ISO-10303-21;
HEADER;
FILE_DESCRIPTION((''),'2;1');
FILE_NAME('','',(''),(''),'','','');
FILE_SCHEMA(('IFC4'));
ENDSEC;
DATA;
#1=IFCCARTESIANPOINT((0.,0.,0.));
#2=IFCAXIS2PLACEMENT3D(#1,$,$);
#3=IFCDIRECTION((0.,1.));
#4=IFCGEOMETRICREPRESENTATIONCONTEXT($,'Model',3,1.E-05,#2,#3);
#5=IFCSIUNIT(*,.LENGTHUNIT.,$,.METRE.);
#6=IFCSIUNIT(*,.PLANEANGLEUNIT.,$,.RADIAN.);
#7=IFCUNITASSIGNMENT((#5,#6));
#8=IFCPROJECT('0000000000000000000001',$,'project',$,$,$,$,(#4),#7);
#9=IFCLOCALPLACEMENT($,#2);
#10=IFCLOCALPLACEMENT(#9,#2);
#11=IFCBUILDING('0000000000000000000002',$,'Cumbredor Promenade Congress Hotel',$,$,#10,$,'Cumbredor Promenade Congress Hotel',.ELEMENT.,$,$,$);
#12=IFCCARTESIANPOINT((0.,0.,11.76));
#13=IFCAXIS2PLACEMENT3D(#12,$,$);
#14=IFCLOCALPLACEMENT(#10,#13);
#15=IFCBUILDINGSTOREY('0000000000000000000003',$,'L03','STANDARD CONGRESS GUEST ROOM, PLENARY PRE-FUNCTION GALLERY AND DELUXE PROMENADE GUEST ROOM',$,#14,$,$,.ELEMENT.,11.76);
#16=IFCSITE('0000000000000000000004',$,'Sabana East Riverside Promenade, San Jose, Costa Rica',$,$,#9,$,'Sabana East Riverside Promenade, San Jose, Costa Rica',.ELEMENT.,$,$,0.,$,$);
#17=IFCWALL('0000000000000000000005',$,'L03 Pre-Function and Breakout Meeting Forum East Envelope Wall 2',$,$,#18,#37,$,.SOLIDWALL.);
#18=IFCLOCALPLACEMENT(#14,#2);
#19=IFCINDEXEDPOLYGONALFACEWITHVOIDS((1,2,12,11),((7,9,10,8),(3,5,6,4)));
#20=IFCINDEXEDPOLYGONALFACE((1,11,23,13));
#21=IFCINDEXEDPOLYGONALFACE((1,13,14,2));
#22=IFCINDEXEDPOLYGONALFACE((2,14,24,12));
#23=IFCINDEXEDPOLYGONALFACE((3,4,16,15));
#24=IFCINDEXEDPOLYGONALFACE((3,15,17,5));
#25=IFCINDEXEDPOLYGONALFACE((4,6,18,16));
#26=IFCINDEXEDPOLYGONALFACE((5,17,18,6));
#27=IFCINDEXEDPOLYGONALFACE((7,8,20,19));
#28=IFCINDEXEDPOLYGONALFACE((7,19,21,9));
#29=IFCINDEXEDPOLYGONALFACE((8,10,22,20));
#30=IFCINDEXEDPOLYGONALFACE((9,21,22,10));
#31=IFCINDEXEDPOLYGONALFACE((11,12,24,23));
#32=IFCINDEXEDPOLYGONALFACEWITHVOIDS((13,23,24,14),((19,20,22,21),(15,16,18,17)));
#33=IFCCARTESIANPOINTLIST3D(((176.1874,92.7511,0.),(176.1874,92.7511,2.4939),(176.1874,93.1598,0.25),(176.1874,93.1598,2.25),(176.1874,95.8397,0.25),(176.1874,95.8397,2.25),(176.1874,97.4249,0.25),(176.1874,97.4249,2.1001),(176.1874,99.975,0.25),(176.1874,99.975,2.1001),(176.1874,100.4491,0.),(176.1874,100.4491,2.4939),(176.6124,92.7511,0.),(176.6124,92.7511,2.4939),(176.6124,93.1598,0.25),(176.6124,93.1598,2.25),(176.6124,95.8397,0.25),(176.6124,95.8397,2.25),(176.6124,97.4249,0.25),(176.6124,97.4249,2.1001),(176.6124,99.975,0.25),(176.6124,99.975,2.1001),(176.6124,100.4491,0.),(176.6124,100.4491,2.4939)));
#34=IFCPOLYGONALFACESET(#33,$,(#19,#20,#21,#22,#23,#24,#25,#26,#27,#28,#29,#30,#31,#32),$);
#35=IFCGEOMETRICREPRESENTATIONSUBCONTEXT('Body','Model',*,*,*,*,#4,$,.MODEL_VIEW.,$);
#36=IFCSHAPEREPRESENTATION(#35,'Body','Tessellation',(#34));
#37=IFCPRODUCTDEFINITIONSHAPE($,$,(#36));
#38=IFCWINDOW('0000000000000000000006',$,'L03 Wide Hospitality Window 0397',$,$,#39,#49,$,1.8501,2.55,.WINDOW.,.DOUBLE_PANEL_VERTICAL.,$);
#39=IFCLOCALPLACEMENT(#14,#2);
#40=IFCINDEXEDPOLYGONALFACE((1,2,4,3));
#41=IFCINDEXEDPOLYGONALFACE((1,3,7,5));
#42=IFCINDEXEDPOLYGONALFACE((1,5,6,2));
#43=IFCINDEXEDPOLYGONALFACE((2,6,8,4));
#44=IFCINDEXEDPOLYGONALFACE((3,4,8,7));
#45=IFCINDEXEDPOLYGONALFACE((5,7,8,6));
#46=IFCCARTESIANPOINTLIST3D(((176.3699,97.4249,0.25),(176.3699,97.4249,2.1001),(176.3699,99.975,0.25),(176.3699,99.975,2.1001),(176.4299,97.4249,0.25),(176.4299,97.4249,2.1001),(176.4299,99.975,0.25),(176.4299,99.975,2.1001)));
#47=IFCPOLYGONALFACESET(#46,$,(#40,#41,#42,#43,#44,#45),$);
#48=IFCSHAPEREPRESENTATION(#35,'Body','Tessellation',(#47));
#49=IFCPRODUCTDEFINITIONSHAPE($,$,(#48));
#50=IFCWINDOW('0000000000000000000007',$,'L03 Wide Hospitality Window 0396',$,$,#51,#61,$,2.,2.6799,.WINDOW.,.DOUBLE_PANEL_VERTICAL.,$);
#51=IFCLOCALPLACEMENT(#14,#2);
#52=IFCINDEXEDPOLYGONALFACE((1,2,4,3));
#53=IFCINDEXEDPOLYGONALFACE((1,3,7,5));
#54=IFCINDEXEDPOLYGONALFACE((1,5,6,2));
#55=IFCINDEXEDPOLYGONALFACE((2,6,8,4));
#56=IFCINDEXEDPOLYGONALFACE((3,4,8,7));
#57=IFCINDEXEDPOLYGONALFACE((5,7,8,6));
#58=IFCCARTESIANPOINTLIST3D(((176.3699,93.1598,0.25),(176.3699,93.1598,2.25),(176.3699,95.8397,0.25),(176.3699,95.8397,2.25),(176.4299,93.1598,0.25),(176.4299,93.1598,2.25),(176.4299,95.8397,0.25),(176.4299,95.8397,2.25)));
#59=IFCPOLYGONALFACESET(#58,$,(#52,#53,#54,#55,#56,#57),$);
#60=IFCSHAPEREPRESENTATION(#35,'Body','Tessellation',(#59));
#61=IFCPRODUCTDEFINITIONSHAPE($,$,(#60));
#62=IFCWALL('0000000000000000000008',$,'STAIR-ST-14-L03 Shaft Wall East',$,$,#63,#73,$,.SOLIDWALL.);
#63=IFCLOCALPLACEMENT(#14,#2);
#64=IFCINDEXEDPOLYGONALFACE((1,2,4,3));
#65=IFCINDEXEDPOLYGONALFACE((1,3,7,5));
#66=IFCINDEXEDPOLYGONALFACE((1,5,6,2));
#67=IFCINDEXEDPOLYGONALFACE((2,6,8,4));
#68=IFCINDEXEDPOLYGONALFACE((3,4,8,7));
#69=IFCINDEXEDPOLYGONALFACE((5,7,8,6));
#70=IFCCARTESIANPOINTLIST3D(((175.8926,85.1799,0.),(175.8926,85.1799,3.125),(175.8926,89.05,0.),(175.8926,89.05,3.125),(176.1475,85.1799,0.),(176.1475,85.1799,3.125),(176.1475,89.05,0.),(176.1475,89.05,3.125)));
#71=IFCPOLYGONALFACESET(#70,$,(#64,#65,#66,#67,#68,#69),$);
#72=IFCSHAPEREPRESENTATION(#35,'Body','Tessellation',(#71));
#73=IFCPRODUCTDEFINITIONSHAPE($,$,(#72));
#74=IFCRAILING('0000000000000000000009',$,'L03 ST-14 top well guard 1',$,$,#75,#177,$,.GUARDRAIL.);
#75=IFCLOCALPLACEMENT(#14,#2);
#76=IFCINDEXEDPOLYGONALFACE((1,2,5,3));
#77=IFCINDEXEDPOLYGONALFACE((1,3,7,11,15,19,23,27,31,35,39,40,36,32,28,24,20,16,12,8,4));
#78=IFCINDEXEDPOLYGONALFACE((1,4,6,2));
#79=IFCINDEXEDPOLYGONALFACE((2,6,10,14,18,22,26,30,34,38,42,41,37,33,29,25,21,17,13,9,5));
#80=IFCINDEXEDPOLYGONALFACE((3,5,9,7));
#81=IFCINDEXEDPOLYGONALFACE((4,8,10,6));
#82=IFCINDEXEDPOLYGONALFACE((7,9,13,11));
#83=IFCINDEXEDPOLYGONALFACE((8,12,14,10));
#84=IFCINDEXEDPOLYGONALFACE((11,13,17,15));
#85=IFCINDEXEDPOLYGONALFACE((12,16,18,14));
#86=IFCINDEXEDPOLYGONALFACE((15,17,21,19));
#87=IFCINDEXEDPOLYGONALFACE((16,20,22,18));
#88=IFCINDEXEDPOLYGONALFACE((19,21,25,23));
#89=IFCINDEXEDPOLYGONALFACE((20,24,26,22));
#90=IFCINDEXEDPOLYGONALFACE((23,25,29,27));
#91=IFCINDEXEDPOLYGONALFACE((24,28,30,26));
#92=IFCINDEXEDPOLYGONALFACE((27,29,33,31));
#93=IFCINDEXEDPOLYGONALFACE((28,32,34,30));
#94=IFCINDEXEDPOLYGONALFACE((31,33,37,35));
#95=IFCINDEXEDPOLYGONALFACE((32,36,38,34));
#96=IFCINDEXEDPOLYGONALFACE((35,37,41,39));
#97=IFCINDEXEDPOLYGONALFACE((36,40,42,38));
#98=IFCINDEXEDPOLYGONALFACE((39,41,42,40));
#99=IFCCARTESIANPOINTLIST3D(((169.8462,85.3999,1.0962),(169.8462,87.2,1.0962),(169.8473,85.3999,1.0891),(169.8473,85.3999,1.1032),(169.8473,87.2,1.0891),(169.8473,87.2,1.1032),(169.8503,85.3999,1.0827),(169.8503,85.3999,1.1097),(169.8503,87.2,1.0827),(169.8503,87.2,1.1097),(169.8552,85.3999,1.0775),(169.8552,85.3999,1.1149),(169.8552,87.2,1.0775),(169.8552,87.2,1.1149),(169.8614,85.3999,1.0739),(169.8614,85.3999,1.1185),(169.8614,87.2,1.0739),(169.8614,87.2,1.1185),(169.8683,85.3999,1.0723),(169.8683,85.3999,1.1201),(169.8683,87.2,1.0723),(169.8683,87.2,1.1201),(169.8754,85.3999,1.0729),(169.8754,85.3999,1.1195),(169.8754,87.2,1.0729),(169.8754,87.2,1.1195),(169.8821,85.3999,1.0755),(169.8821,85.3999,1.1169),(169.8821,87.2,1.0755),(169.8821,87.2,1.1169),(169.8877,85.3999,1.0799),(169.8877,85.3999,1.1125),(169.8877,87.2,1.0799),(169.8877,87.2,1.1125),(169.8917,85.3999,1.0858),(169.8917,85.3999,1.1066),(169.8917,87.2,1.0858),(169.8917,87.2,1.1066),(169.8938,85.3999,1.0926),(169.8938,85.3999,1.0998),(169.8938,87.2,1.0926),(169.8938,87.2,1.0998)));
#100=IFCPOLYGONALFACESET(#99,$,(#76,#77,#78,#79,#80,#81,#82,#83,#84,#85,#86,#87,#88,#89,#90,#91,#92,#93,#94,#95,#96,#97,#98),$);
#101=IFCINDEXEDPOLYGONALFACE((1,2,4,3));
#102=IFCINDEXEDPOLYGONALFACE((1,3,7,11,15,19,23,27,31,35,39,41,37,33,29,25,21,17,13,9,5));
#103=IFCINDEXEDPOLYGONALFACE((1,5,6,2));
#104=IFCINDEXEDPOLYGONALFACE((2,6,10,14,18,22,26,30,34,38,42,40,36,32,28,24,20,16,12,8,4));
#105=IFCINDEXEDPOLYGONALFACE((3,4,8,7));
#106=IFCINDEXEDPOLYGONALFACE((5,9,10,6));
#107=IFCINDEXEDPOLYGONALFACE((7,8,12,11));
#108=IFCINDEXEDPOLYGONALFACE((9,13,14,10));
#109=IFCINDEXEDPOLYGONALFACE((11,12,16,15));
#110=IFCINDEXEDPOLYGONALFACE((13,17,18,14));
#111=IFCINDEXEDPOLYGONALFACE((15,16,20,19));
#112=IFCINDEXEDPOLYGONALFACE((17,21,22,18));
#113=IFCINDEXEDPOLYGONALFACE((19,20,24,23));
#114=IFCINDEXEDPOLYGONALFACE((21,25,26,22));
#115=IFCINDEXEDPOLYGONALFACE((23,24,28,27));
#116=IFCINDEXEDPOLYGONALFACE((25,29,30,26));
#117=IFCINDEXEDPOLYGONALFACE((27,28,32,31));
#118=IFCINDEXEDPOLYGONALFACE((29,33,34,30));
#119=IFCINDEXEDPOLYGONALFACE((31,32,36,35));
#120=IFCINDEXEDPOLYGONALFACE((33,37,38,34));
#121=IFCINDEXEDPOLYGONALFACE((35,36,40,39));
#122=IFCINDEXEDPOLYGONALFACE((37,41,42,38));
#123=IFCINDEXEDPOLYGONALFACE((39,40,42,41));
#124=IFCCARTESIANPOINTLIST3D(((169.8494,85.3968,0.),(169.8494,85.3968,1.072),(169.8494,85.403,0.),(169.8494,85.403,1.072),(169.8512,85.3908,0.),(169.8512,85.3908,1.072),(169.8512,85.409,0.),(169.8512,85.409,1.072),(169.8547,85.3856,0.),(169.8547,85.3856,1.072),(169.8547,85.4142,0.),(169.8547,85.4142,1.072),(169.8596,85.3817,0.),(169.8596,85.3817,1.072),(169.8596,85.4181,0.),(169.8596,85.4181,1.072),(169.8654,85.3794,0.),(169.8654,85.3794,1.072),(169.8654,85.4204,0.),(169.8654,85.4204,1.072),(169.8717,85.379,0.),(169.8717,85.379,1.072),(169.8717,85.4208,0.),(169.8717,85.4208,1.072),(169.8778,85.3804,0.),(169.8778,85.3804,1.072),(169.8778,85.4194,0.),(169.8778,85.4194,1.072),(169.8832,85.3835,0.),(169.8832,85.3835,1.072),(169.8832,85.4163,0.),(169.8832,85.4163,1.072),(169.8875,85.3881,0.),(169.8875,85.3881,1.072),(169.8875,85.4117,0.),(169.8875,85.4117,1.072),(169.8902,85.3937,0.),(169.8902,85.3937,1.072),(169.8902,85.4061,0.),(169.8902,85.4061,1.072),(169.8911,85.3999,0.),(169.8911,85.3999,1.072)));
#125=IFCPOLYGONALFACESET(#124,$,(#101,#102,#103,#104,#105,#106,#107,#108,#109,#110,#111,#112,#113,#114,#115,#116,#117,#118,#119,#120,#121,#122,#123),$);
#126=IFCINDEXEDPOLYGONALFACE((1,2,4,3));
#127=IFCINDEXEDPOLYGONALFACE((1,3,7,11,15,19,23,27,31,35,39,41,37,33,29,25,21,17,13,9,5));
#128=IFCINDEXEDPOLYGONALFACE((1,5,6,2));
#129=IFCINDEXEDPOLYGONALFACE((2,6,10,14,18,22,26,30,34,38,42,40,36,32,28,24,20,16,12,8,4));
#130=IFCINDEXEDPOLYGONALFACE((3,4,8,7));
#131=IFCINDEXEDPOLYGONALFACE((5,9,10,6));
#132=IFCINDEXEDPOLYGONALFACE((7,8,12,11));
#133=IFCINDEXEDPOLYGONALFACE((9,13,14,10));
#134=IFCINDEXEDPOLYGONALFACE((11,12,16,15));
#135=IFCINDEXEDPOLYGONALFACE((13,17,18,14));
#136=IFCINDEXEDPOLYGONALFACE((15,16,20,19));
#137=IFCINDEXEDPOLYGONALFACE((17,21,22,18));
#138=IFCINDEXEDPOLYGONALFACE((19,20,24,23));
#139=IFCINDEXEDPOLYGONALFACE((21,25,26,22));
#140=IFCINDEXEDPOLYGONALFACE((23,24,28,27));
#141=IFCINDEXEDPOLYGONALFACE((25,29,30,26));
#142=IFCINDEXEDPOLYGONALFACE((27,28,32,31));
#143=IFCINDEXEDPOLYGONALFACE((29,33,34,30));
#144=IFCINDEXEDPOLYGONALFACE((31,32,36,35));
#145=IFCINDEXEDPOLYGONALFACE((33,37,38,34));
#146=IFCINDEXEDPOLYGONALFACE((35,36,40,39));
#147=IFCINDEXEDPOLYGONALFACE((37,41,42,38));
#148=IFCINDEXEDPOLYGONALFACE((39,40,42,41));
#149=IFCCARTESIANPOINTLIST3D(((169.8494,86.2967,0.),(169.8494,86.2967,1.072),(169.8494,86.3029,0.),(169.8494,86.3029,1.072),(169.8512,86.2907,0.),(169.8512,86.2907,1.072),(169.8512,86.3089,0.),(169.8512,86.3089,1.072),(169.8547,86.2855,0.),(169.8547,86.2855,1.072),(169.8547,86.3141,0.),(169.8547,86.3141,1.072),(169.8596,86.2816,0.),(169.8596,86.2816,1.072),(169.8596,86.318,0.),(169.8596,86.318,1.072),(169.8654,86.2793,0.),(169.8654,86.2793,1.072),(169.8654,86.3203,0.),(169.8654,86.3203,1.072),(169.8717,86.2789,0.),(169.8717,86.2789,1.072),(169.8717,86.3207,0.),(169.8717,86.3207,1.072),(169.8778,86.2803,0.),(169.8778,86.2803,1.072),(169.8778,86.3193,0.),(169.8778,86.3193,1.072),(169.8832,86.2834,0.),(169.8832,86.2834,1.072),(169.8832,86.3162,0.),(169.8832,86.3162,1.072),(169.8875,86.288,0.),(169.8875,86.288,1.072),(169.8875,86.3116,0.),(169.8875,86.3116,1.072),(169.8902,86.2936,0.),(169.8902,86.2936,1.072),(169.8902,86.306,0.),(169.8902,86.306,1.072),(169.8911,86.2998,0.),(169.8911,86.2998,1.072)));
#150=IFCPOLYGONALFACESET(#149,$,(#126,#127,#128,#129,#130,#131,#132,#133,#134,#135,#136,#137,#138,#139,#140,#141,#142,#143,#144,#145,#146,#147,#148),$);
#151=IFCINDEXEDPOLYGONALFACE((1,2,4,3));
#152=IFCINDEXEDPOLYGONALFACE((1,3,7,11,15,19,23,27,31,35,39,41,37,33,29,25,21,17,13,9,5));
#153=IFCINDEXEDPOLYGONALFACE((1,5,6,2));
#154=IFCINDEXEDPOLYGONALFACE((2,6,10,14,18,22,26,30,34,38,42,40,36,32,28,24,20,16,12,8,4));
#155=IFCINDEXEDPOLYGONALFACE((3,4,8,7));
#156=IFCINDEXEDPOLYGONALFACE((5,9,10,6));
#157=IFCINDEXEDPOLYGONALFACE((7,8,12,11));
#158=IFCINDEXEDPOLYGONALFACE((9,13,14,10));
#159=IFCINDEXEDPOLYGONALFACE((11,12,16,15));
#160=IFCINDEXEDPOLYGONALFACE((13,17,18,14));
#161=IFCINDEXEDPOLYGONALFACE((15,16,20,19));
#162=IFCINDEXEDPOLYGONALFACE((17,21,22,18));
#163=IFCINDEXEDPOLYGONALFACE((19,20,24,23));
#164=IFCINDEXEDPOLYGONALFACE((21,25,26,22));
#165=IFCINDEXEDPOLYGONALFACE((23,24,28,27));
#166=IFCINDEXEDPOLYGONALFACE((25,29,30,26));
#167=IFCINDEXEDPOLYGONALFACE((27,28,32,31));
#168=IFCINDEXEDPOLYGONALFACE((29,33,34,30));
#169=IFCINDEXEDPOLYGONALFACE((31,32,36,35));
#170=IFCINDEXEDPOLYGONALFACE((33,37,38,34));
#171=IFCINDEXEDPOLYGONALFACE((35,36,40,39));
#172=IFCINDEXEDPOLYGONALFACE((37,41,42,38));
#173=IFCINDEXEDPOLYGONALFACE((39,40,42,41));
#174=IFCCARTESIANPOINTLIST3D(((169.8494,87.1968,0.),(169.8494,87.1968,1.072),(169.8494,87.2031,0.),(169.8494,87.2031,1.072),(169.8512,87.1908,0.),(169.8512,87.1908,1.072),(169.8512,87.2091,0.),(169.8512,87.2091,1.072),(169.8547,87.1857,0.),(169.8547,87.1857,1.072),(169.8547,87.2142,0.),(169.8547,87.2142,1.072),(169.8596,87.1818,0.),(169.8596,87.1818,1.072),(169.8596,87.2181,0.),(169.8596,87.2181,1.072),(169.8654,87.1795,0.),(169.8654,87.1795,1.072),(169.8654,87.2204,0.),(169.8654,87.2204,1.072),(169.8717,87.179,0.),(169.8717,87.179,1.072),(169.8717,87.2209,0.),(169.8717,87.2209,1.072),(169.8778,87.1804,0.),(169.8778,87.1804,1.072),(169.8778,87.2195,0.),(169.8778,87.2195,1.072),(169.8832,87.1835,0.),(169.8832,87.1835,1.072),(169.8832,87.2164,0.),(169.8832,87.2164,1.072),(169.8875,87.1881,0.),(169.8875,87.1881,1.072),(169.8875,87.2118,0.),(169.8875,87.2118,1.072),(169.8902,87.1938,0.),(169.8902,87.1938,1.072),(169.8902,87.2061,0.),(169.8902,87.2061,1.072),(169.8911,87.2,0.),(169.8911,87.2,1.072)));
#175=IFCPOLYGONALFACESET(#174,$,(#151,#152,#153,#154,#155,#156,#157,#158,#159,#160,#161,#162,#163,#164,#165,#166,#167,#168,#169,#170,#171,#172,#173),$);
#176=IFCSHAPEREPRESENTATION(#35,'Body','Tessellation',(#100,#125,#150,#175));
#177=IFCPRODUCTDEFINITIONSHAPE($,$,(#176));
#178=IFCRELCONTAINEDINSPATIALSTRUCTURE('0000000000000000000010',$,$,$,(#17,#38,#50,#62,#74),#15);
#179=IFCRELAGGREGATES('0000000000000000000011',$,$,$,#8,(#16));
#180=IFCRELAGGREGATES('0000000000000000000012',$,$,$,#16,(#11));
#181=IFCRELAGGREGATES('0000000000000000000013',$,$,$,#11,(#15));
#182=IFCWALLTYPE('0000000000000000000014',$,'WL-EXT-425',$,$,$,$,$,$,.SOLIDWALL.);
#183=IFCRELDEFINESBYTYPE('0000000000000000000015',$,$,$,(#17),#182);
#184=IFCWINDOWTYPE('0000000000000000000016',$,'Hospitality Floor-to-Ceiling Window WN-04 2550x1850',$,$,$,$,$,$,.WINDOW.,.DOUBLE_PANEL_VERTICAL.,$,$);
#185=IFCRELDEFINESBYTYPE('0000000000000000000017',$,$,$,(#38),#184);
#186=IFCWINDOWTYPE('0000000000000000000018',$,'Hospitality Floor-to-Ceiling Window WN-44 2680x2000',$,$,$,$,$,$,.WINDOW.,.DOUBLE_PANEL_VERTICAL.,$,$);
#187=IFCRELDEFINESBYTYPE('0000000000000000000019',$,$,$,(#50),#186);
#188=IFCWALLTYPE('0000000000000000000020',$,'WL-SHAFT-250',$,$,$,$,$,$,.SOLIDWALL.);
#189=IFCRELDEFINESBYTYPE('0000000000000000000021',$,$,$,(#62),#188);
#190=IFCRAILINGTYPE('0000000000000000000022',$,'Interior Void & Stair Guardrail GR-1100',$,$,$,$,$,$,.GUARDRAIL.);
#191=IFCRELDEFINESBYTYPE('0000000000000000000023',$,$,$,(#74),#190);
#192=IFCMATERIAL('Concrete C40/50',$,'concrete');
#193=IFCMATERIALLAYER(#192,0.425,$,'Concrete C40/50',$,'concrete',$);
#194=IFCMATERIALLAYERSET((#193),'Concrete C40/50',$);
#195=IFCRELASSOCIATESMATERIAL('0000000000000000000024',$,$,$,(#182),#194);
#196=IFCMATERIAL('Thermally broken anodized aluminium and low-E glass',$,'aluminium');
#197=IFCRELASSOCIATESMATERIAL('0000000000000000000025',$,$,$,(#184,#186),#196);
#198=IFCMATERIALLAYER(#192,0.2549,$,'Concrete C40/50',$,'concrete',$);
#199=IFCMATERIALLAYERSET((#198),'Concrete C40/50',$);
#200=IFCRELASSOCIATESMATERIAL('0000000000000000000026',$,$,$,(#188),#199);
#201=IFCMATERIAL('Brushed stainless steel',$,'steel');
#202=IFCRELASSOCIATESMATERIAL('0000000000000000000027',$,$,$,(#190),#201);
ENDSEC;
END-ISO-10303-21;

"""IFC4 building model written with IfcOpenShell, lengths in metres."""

from ifc_helpers import new_model, si_unit, direction, frame, frame_2d, origin, origin_2d, place, context, subcontext, project, spatial, rectangle, circle, extrude, material, layer, layer_set, type_object, element, fill, save


model = new_model("IFC4")

# Units and contexts
model_context = context("Model", 3, precision=1e-05, world=origin(), true_north=direction((0.0, 1.0)))
body_context = subcontext(model_context, "Body", "Model", "MODEL_VIEW")
ifc_project = project(units=[si_unit("LENGTHUNIT", "METRE"), si_unit("PLANEANGLEUNIT", "RADIAN")], contexts=[model_context])

# Site, building, storey
site_placement = place(None, origin())
site = spatial("IfcSite", under=ifc_project, at=site_placement, Name="Sabana East Riverside Promenade, San Jose, Costa Rica", LongName="Sabana East Riverside Promenade, San Jose, Costa Rica", CompositionType="ELEMENT", RefElevation=0.0)
building_placement = place(site_placement, origin())
building = spatial("IfcBuilding", under=site, at=building_placement, Name="Cumbredor Promenade Congress Hotel", LongName="Cumbredor Promenade Congress Hotel", CompositionType="ELEMENT")
storey_placement = place(building_placement, frame((0.0, 0.0, 11.76)))
storey = spatial("IfcBuildingStorey", under=building, at=storey_placement, Name="L03", Description="STANDARD CONGRESS GUEST ROOM, PLENARY PRE-FUNCTION GALLERY AND DELUXE PROMENADE GUEST ROOM", CompositionType="ELEMENT", Elevation=11.76)

# Shared definitions
ifc_material_1 = material(Name="Concrete C40/50", Category="concrete")

# Shared definitions
ifc_material_2 = material(Name="Thermally broken anodized aluminium and low-E glass", Category="aluminium")

# Wall, openings, windows
ifc_layer_1 = layer(ifc_material_1, 0.425, Name="Concrete C40/50", Category="concrete")
ifc_layer_set_1 = layer_set([ifc_layer_1], Name="Concrete C40/50")
wall_type_1 = type_object("IfcWallType", Name="WL-EXT-425", PredefinedType="SOLIDWALL", material=ifc_layer_set_1)
wall_1_placement = place(storey_placement, frame((176.3999, 92.751, 0.0), z_axis=(0.0, 0.0, 1.0), x_axis=(0.0, 1.0, 0.0)))
wall_1 = element("IfcWall", 1, at=wall_1_placement, inside=storey, type_object=wall_type_1, Name="L03 Pre-Function and Breakout Meeting Forum East Envelope Wall 2", PredefinedType="SOLIDWALL", context=body_context, shape_type="SweptSolid", body=[
    extrude(rectangle(XDim=7.698, YDim=0.425, at=frame_2d((3.8491, 0.0))), origin(), (0.0, 0.0, 1.0), 2.4939),
])
opening_1_placement = place(wall_1_placement, frame((0.4089, 0.0, 0.25)))
opening_1 = element("IfcOpeningElement", 2, at=opening_1_placement, cuts=wall_1, PredefinedType="OPENING", context=body_context, shape_type="SweptSolid", body=[
    extrude(rectangle(XDim=2.6799, YDim=2.0, at=frame_2d((1.3398, 1.0))), frame((0.0, 0.2227, 0.0), z_axis=(0.0, -1.0, 0.0), x_axis=(1.0, 0.0, 0.0)), (0.0, 0.0, 1.0), 0.4451),
])
opening_2_placement = place(wall_1_placement, frame((4.6741, 0.0, 0.25)))
opening_2 = element("IfcOpeningElement", 3, at=opening_2_placement, cuts=wall_1, PredefinedType="OPENING", context=body_context, shape_type="SweptSolid", body=[
    extrude(rectangle(XDim=2.55, YDim=1.8501, at=frame_2d((1.2749, 0.925))), frame((0.0, 0.2227, 0.0), z_axis=(0.0, -1.0, 0.0), x_axis=(1.0, 0.0, 0.0)), (0.0, 0.0, 1.0), 0.4451),
])
window_type_1 = type_object("IfcWindowType", Name="Hospitality Floor-to-Ceiling Window WN-04 2550x1850", PartitioningType="DOUBLE_PANEL_VERTICAL", PredefinedType="WINDOW", material=ifc_material_2)
window_1_placement = place(opening_2_placement, origin())
window_1 = element("IfcWindow", 4, at=window_1_placement, inside=storey, type_object=window_type_1, Name="L03 Wide Hospitality Window 0397", OverallHeight=1.8501, OverallWidth=2.55, PartitioningType="DOUBLE_PANEL_VERTICAL", PredefinedType="WINDOW", context=body_context, shape_type="SweptSolid", body=[
    extrude(rectangle(XDim=2.55, YDim=1.8501, at=frame_2d((1.2749, 0.925))), frame((0.0, 0.03, 0.0), z_axis=(0.0, -1.0, 0.0), x_axis=(1.0, 0.0, 0.0)), (0.0, 0.0, 1.0), 0.0601),
])
fill(opening_2, window_1)
window_type_2 = type_object("IfcWindowType", Name="Hospitality Floor-to-Ceiling Window WN-44 2680x2000", PartitioningType="DOUBLE_PANEL_VERTICAL", PredefinedType="WINDOW", material=ifc_material_2)
window_2_placement = place(opening_1_placement, origin())
window_2 = element("IfcWindow", 5, at=window_2_placement, inside=storey, type_object=window_type_2, Name="L03 Wide Hospitality Window 0396", OverallHeight=2.0, OverallWidth=2.6799, PartitioningType="DOUBLE_PANEL_VERTICAL", PredefinedType="WINDOW", context=body_context, shape_type="SweptSolid", body=[
    extrude(rectangle(XDim=2.6799, YDim=2.0, at=frame_2d((1.3398, 1.0))), frame((0.0, 0.03, 0.0), z_axis=(0.0, -1.0, 0.0), x_axis=(1.0, 0.0, 0.0)), (0.0, 0.0, 1.0), 0.0601),
])
fill(opening_1, window_2)

# Wall
ifc_layer_2 = layer(ifc_material_1, 0.2549, Name="Concrete C40/50", Category="concrete")
ifc_layer_set_2 = layer_set([ifc_layer_2], Name="Concrete C40/50")
wall_type_2 = type_object("IfcWallType", Name="WL-SHAFT-250", PredefinedType="SOLIDWALL", material=ifc_layer_set_2)
wall_2_placement = place(storey_placement, frame((176.02, 85.1799, 0.0), z_axis=(0.0, 0.0, 1.0), x_axis=(0.0, 1.0, 0.0)))
element("IfcWall", 6, at=wall_2_placement, inside=storey, type_object=wall_type_2, Name="STAIR-ST-14-L03 Shaft Wall East", PredefinedType="SOLIDWALL", context=body_context, shape_type="SweptSolid", body=[
    extrude(rectangle(XDim=3.8701, YDim=0.2549, at=frame_2d((1.9351, 0.0))), origin(), (0.0, 0.0, 1.0), 3.125),
])

# Railing
ifc_material_3 = material(Name="Brushed stainless steel", Category="steel")
railing_type = type_object("IfcRailingType", Name="Interior Void & Stair Guardrail GR-1100", PredefinedType="GUARDRAIL", material=ifc_material_3)
railing_placement = place(storey_placement, frame((169.8701, 85.3999, 0.0)))
element("IfcRailing", 7, at=railing_placement, inside=storey, type_object=railing_type, Name="L03 ST-14 top well guard 1", PredefinedType="GUARDRAIL", context=body_context, shape_type="SweptSolid", body=[
    extrude(circle(Radius=0.0239, at=origin_2d()), frame((0.0, 0.0, 1.0962), z_axis=(0.0, 1.0, 0.0), x_axis=(-1.0, 0.0, 0.0)), (0.0, 0.0, 1.0), 1.8),
    extrude(circle(Radius=0.021, at=origin_2d()), origin(), (0.0, 0.0, 1.0), 1.072),
    extrude(circle(Radius=0.021, at=origin_2d()), frame((0.0, 0.8999, 0.0)), (0.0, 0.0, 1.0), 1.072),
    extrude(circle(Radius=0.021, at=origin_2d()), frame((0.0, 1.8, 0.0)), (0.0, 0.0, 1.0), 1.072),
])

save(model, "model.ifc")
